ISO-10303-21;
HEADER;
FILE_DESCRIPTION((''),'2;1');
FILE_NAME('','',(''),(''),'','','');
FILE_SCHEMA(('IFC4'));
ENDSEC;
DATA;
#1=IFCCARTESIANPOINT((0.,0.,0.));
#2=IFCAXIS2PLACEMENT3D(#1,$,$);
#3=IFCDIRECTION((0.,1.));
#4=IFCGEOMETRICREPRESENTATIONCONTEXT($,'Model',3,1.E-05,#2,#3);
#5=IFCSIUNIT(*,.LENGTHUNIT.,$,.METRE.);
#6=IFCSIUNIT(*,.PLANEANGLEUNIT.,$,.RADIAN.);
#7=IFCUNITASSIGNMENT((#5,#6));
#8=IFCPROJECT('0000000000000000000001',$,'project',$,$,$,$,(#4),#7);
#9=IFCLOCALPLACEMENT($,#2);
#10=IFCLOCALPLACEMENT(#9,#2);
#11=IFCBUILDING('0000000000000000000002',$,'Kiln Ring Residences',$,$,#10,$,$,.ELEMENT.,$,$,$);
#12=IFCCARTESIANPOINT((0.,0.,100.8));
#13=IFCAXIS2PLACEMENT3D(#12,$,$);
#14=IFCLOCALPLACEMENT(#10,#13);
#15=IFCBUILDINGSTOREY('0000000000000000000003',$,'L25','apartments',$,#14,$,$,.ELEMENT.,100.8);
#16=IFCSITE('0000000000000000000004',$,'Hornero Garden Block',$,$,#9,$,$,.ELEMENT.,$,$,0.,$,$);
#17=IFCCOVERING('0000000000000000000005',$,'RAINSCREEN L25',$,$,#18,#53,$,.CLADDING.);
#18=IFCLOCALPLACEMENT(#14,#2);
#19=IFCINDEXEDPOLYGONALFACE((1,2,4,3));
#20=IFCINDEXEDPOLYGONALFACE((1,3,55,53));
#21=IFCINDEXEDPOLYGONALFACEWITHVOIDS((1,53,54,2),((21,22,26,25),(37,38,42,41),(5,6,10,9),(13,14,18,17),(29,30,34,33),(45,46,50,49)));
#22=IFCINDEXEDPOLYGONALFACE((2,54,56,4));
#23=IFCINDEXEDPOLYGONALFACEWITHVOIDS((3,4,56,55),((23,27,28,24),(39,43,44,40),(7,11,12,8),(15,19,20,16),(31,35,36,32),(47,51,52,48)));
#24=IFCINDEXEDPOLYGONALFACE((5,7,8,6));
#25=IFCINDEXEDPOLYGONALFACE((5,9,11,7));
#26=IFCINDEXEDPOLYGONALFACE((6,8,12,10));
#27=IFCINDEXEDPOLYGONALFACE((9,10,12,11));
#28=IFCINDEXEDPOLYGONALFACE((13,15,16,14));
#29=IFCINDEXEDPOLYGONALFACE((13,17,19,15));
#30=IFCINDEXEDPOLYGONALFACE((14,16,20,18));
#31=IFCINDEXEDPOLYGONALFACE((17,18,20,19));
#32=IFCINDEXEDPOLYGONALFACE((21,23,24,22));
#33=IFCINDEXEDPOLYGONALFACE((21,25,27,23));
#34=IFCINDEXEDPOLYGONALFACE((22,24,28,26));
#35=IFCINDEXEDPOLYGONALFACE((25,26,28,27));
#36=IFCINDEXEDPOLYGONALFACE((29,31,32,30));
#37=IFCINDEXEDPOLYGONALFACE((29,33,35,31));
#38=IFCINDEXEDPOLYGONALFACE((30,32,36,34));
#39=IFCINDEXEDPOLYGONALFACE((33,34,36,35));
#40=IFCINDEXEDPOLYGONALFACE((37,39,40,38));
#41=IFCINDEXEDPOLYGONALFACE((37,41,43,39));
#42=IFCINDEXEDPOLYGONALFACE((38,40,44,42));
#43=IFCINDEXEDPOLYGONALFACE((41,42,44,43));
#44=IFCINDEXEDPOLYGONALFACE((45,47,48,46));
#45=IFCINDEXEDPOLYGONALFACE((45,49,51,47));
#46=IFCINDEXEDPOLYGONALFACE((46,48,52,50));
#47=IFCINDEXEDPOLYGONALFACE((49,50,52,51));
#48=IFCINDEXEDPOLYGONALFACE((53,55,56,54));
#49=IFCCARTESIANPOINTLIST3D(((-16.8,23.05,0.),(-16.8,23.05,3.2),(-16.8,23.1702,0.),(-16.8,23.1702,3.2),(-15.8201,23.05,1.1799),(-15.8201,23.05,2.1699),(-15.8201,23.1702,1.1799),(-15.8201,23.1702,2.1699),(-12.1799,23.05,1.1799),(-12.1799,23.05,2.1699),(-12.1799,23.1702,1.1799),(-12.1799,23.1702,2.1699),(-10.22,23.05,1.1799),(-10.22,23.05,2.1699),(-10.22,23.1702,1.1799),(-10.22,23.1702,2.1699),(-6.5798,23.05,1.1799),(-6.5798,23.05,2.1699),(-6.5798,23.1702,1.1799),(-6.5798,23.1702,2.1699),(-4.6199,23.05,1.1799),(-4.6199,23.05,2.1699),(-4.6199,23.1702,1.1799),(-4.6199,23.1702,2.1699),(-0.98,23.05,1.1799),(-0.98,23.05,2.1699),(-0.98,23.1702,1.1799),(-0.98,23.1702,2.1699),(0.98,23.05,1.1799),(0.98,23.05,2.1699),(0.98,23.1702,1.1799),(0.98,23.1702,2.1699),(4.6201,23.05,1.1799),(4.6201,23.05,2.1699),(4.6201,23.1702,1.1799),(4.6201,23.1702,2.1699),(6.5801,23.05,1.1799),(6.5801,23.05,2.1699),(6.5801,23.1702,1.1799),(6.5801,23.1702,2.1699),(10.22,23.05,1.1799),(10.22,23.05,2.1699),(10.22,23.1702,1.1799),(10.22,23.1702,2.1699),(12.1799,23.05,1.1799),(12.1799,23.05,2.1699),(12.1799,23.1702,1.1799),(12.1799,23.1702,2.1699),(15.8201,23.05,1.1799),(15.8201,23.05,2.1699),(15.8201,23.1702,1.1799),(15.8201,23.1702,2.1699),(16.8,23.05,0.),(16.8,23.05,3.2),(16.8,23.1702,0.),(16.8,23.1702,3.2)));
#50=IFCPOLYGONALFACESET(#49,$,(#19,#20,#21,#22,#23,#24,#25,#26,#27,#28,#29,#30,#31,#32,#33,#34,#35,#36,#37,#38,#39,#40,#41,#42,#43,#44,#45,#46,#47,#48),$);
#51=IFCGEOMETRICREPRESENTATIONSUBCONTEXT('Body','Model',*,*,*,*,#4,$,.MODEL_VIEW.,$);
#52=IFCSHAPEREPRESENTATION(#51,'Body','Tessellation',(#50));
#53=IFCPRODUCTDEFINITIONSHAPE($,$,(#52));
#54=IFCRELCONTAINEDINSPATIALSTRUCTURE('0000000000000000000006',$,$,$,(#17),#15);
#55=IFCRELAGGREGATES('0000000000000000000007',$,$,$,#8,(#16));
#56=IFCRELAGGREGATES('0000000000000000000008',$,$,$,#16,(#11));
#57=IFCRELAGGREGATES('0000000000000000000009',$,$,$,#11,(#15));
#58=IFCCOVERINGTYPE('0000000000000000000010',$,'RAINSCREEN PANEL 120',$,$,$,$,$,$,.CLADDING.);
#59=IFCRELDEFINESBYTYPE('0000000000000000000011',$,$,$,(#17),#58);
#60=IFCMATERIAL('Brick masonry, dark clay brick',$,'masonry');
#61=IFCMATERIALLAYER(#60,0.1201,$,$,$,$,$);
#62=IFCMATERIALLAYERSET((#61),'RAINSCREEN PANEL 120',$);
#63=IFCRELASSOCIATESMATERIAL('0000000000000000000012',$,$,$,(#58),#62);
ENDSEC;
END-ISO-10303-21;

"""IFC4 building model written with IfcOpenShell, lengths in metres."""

from ifc_helpers import new_model, si_unit, direction, frame, origin, place, context, subcontext, project, spatial, polyline, outline, extrude, material, layer, layer_set, type_object, element, save


model = new_model("IFC4")

# Units and contexts
model_context = context("Model", 3, precision=1e-05, world=origin(), true_north=direction((0.0, 1.0)))
body_context = subcontext(model_context, "Body", "Model", "MODEL_VIEW")
ifc_project = project(units=[si_unit("LENGTHUNIT", "METRE"), si_unit("PLANEANGLEUNIT", "RADIAN")], contexts=[model_context])

# Site, building, storey
site_placement = place(None, origin())
site = spatial("IfcSite", under=ifc_project, at=site_placement, Name="Hornero Garden Block", CompositionType="ELEMENT", RefElevation=0.0)
building_placement = place(site_placement, origin())
building = spatial("IfcBuilding", under=site, at=building_placement, Name="Kiln Ring Residences", CompositionType="ELEMENT")
storey_placement = place(building_placement, frame((0.0, 0.0, 100.8)))
storey = spatial("IfcBuildingStorey", under=building, at=storey_placement, Name="L25", Description="apartments", CompositionType="ELEMENT", Elevation=100.8)

# Covering
ifc_material_1 = material(Name="Brick masonry, dark clay brick", Category="masonry")
ifc_layer_1 = layer(ifc_material_1, 0.1201)
ifc_layer_set_1 = layer_set([ifc_layer_1], Name="RAINSCREEN PANEL 120")
covering_type = type_object("IfcCoveringType", Name="RAINSCREEN PANEL 120", PredefinedType="CLADDING", material=ifc_layer_set_1)
covering_placement = place(storey_placement, frame((16.8, 23.1101, 0.0), z_axis=(0.0, 0.0, 1.0), x_axis=(-1.0, 0.0, 0.0)))
element("IfcCovering", 1, at=covering_placement, inside=storey, type_object=covering_type, Name="RAINSCREEN L25", PredefinedType="CLADDING", context=body_context, shape_type="SweptSolid", body=[
    extrude(outline(polyline([(0.0, 0.0), (33.6001, 0.0), (33.6001, 3.2), (0.0, 3.2), (0.0, 0.0)]), holes=[polyline([(4.6201, 1.1799), (4.6201, 2.1699), (0.98, 2.1699), (0.98, 1.1799), (4.6201, 1.1799)]), polyline([(6.5801, 1.1799), (10.22, 1.1799), (10.22, 2.1699), (6.5801, 2.1699), (6.5801, 1.1799)]), polyline([(12.1799, 1.1799), (15.8201, 1.1799), (15.8201, 2.1699), (12.1799, 2.1699), (12.1799, 1.1799)]), polyline([(21.4199, 1.1799), (21.4199, 2.1699), (17.78, 2.1699), (17.78, 1.1799), (21.4199, 1.1799)]), polyline([(23.3799, 1.1799), (27.02, 1.1799), (27.02, 2.1699), (23.3799, 2.1699), (23.3799, 1.1799)]), polyline([(28.98, 1.1799), (32.6201, 1.1799), (32.6201, 2.1699), (28.98, 2.1699), (28.98, 1.1799)])]), frame((0.0, 0.0601, 0.0), z_axis=(0.0, -1.0, 0.0), x_axis=(1.0, 0.0, 0.0)), (0.0, 0.0, 1.0), 0.1201),
])

save(model, "model.ifc")
